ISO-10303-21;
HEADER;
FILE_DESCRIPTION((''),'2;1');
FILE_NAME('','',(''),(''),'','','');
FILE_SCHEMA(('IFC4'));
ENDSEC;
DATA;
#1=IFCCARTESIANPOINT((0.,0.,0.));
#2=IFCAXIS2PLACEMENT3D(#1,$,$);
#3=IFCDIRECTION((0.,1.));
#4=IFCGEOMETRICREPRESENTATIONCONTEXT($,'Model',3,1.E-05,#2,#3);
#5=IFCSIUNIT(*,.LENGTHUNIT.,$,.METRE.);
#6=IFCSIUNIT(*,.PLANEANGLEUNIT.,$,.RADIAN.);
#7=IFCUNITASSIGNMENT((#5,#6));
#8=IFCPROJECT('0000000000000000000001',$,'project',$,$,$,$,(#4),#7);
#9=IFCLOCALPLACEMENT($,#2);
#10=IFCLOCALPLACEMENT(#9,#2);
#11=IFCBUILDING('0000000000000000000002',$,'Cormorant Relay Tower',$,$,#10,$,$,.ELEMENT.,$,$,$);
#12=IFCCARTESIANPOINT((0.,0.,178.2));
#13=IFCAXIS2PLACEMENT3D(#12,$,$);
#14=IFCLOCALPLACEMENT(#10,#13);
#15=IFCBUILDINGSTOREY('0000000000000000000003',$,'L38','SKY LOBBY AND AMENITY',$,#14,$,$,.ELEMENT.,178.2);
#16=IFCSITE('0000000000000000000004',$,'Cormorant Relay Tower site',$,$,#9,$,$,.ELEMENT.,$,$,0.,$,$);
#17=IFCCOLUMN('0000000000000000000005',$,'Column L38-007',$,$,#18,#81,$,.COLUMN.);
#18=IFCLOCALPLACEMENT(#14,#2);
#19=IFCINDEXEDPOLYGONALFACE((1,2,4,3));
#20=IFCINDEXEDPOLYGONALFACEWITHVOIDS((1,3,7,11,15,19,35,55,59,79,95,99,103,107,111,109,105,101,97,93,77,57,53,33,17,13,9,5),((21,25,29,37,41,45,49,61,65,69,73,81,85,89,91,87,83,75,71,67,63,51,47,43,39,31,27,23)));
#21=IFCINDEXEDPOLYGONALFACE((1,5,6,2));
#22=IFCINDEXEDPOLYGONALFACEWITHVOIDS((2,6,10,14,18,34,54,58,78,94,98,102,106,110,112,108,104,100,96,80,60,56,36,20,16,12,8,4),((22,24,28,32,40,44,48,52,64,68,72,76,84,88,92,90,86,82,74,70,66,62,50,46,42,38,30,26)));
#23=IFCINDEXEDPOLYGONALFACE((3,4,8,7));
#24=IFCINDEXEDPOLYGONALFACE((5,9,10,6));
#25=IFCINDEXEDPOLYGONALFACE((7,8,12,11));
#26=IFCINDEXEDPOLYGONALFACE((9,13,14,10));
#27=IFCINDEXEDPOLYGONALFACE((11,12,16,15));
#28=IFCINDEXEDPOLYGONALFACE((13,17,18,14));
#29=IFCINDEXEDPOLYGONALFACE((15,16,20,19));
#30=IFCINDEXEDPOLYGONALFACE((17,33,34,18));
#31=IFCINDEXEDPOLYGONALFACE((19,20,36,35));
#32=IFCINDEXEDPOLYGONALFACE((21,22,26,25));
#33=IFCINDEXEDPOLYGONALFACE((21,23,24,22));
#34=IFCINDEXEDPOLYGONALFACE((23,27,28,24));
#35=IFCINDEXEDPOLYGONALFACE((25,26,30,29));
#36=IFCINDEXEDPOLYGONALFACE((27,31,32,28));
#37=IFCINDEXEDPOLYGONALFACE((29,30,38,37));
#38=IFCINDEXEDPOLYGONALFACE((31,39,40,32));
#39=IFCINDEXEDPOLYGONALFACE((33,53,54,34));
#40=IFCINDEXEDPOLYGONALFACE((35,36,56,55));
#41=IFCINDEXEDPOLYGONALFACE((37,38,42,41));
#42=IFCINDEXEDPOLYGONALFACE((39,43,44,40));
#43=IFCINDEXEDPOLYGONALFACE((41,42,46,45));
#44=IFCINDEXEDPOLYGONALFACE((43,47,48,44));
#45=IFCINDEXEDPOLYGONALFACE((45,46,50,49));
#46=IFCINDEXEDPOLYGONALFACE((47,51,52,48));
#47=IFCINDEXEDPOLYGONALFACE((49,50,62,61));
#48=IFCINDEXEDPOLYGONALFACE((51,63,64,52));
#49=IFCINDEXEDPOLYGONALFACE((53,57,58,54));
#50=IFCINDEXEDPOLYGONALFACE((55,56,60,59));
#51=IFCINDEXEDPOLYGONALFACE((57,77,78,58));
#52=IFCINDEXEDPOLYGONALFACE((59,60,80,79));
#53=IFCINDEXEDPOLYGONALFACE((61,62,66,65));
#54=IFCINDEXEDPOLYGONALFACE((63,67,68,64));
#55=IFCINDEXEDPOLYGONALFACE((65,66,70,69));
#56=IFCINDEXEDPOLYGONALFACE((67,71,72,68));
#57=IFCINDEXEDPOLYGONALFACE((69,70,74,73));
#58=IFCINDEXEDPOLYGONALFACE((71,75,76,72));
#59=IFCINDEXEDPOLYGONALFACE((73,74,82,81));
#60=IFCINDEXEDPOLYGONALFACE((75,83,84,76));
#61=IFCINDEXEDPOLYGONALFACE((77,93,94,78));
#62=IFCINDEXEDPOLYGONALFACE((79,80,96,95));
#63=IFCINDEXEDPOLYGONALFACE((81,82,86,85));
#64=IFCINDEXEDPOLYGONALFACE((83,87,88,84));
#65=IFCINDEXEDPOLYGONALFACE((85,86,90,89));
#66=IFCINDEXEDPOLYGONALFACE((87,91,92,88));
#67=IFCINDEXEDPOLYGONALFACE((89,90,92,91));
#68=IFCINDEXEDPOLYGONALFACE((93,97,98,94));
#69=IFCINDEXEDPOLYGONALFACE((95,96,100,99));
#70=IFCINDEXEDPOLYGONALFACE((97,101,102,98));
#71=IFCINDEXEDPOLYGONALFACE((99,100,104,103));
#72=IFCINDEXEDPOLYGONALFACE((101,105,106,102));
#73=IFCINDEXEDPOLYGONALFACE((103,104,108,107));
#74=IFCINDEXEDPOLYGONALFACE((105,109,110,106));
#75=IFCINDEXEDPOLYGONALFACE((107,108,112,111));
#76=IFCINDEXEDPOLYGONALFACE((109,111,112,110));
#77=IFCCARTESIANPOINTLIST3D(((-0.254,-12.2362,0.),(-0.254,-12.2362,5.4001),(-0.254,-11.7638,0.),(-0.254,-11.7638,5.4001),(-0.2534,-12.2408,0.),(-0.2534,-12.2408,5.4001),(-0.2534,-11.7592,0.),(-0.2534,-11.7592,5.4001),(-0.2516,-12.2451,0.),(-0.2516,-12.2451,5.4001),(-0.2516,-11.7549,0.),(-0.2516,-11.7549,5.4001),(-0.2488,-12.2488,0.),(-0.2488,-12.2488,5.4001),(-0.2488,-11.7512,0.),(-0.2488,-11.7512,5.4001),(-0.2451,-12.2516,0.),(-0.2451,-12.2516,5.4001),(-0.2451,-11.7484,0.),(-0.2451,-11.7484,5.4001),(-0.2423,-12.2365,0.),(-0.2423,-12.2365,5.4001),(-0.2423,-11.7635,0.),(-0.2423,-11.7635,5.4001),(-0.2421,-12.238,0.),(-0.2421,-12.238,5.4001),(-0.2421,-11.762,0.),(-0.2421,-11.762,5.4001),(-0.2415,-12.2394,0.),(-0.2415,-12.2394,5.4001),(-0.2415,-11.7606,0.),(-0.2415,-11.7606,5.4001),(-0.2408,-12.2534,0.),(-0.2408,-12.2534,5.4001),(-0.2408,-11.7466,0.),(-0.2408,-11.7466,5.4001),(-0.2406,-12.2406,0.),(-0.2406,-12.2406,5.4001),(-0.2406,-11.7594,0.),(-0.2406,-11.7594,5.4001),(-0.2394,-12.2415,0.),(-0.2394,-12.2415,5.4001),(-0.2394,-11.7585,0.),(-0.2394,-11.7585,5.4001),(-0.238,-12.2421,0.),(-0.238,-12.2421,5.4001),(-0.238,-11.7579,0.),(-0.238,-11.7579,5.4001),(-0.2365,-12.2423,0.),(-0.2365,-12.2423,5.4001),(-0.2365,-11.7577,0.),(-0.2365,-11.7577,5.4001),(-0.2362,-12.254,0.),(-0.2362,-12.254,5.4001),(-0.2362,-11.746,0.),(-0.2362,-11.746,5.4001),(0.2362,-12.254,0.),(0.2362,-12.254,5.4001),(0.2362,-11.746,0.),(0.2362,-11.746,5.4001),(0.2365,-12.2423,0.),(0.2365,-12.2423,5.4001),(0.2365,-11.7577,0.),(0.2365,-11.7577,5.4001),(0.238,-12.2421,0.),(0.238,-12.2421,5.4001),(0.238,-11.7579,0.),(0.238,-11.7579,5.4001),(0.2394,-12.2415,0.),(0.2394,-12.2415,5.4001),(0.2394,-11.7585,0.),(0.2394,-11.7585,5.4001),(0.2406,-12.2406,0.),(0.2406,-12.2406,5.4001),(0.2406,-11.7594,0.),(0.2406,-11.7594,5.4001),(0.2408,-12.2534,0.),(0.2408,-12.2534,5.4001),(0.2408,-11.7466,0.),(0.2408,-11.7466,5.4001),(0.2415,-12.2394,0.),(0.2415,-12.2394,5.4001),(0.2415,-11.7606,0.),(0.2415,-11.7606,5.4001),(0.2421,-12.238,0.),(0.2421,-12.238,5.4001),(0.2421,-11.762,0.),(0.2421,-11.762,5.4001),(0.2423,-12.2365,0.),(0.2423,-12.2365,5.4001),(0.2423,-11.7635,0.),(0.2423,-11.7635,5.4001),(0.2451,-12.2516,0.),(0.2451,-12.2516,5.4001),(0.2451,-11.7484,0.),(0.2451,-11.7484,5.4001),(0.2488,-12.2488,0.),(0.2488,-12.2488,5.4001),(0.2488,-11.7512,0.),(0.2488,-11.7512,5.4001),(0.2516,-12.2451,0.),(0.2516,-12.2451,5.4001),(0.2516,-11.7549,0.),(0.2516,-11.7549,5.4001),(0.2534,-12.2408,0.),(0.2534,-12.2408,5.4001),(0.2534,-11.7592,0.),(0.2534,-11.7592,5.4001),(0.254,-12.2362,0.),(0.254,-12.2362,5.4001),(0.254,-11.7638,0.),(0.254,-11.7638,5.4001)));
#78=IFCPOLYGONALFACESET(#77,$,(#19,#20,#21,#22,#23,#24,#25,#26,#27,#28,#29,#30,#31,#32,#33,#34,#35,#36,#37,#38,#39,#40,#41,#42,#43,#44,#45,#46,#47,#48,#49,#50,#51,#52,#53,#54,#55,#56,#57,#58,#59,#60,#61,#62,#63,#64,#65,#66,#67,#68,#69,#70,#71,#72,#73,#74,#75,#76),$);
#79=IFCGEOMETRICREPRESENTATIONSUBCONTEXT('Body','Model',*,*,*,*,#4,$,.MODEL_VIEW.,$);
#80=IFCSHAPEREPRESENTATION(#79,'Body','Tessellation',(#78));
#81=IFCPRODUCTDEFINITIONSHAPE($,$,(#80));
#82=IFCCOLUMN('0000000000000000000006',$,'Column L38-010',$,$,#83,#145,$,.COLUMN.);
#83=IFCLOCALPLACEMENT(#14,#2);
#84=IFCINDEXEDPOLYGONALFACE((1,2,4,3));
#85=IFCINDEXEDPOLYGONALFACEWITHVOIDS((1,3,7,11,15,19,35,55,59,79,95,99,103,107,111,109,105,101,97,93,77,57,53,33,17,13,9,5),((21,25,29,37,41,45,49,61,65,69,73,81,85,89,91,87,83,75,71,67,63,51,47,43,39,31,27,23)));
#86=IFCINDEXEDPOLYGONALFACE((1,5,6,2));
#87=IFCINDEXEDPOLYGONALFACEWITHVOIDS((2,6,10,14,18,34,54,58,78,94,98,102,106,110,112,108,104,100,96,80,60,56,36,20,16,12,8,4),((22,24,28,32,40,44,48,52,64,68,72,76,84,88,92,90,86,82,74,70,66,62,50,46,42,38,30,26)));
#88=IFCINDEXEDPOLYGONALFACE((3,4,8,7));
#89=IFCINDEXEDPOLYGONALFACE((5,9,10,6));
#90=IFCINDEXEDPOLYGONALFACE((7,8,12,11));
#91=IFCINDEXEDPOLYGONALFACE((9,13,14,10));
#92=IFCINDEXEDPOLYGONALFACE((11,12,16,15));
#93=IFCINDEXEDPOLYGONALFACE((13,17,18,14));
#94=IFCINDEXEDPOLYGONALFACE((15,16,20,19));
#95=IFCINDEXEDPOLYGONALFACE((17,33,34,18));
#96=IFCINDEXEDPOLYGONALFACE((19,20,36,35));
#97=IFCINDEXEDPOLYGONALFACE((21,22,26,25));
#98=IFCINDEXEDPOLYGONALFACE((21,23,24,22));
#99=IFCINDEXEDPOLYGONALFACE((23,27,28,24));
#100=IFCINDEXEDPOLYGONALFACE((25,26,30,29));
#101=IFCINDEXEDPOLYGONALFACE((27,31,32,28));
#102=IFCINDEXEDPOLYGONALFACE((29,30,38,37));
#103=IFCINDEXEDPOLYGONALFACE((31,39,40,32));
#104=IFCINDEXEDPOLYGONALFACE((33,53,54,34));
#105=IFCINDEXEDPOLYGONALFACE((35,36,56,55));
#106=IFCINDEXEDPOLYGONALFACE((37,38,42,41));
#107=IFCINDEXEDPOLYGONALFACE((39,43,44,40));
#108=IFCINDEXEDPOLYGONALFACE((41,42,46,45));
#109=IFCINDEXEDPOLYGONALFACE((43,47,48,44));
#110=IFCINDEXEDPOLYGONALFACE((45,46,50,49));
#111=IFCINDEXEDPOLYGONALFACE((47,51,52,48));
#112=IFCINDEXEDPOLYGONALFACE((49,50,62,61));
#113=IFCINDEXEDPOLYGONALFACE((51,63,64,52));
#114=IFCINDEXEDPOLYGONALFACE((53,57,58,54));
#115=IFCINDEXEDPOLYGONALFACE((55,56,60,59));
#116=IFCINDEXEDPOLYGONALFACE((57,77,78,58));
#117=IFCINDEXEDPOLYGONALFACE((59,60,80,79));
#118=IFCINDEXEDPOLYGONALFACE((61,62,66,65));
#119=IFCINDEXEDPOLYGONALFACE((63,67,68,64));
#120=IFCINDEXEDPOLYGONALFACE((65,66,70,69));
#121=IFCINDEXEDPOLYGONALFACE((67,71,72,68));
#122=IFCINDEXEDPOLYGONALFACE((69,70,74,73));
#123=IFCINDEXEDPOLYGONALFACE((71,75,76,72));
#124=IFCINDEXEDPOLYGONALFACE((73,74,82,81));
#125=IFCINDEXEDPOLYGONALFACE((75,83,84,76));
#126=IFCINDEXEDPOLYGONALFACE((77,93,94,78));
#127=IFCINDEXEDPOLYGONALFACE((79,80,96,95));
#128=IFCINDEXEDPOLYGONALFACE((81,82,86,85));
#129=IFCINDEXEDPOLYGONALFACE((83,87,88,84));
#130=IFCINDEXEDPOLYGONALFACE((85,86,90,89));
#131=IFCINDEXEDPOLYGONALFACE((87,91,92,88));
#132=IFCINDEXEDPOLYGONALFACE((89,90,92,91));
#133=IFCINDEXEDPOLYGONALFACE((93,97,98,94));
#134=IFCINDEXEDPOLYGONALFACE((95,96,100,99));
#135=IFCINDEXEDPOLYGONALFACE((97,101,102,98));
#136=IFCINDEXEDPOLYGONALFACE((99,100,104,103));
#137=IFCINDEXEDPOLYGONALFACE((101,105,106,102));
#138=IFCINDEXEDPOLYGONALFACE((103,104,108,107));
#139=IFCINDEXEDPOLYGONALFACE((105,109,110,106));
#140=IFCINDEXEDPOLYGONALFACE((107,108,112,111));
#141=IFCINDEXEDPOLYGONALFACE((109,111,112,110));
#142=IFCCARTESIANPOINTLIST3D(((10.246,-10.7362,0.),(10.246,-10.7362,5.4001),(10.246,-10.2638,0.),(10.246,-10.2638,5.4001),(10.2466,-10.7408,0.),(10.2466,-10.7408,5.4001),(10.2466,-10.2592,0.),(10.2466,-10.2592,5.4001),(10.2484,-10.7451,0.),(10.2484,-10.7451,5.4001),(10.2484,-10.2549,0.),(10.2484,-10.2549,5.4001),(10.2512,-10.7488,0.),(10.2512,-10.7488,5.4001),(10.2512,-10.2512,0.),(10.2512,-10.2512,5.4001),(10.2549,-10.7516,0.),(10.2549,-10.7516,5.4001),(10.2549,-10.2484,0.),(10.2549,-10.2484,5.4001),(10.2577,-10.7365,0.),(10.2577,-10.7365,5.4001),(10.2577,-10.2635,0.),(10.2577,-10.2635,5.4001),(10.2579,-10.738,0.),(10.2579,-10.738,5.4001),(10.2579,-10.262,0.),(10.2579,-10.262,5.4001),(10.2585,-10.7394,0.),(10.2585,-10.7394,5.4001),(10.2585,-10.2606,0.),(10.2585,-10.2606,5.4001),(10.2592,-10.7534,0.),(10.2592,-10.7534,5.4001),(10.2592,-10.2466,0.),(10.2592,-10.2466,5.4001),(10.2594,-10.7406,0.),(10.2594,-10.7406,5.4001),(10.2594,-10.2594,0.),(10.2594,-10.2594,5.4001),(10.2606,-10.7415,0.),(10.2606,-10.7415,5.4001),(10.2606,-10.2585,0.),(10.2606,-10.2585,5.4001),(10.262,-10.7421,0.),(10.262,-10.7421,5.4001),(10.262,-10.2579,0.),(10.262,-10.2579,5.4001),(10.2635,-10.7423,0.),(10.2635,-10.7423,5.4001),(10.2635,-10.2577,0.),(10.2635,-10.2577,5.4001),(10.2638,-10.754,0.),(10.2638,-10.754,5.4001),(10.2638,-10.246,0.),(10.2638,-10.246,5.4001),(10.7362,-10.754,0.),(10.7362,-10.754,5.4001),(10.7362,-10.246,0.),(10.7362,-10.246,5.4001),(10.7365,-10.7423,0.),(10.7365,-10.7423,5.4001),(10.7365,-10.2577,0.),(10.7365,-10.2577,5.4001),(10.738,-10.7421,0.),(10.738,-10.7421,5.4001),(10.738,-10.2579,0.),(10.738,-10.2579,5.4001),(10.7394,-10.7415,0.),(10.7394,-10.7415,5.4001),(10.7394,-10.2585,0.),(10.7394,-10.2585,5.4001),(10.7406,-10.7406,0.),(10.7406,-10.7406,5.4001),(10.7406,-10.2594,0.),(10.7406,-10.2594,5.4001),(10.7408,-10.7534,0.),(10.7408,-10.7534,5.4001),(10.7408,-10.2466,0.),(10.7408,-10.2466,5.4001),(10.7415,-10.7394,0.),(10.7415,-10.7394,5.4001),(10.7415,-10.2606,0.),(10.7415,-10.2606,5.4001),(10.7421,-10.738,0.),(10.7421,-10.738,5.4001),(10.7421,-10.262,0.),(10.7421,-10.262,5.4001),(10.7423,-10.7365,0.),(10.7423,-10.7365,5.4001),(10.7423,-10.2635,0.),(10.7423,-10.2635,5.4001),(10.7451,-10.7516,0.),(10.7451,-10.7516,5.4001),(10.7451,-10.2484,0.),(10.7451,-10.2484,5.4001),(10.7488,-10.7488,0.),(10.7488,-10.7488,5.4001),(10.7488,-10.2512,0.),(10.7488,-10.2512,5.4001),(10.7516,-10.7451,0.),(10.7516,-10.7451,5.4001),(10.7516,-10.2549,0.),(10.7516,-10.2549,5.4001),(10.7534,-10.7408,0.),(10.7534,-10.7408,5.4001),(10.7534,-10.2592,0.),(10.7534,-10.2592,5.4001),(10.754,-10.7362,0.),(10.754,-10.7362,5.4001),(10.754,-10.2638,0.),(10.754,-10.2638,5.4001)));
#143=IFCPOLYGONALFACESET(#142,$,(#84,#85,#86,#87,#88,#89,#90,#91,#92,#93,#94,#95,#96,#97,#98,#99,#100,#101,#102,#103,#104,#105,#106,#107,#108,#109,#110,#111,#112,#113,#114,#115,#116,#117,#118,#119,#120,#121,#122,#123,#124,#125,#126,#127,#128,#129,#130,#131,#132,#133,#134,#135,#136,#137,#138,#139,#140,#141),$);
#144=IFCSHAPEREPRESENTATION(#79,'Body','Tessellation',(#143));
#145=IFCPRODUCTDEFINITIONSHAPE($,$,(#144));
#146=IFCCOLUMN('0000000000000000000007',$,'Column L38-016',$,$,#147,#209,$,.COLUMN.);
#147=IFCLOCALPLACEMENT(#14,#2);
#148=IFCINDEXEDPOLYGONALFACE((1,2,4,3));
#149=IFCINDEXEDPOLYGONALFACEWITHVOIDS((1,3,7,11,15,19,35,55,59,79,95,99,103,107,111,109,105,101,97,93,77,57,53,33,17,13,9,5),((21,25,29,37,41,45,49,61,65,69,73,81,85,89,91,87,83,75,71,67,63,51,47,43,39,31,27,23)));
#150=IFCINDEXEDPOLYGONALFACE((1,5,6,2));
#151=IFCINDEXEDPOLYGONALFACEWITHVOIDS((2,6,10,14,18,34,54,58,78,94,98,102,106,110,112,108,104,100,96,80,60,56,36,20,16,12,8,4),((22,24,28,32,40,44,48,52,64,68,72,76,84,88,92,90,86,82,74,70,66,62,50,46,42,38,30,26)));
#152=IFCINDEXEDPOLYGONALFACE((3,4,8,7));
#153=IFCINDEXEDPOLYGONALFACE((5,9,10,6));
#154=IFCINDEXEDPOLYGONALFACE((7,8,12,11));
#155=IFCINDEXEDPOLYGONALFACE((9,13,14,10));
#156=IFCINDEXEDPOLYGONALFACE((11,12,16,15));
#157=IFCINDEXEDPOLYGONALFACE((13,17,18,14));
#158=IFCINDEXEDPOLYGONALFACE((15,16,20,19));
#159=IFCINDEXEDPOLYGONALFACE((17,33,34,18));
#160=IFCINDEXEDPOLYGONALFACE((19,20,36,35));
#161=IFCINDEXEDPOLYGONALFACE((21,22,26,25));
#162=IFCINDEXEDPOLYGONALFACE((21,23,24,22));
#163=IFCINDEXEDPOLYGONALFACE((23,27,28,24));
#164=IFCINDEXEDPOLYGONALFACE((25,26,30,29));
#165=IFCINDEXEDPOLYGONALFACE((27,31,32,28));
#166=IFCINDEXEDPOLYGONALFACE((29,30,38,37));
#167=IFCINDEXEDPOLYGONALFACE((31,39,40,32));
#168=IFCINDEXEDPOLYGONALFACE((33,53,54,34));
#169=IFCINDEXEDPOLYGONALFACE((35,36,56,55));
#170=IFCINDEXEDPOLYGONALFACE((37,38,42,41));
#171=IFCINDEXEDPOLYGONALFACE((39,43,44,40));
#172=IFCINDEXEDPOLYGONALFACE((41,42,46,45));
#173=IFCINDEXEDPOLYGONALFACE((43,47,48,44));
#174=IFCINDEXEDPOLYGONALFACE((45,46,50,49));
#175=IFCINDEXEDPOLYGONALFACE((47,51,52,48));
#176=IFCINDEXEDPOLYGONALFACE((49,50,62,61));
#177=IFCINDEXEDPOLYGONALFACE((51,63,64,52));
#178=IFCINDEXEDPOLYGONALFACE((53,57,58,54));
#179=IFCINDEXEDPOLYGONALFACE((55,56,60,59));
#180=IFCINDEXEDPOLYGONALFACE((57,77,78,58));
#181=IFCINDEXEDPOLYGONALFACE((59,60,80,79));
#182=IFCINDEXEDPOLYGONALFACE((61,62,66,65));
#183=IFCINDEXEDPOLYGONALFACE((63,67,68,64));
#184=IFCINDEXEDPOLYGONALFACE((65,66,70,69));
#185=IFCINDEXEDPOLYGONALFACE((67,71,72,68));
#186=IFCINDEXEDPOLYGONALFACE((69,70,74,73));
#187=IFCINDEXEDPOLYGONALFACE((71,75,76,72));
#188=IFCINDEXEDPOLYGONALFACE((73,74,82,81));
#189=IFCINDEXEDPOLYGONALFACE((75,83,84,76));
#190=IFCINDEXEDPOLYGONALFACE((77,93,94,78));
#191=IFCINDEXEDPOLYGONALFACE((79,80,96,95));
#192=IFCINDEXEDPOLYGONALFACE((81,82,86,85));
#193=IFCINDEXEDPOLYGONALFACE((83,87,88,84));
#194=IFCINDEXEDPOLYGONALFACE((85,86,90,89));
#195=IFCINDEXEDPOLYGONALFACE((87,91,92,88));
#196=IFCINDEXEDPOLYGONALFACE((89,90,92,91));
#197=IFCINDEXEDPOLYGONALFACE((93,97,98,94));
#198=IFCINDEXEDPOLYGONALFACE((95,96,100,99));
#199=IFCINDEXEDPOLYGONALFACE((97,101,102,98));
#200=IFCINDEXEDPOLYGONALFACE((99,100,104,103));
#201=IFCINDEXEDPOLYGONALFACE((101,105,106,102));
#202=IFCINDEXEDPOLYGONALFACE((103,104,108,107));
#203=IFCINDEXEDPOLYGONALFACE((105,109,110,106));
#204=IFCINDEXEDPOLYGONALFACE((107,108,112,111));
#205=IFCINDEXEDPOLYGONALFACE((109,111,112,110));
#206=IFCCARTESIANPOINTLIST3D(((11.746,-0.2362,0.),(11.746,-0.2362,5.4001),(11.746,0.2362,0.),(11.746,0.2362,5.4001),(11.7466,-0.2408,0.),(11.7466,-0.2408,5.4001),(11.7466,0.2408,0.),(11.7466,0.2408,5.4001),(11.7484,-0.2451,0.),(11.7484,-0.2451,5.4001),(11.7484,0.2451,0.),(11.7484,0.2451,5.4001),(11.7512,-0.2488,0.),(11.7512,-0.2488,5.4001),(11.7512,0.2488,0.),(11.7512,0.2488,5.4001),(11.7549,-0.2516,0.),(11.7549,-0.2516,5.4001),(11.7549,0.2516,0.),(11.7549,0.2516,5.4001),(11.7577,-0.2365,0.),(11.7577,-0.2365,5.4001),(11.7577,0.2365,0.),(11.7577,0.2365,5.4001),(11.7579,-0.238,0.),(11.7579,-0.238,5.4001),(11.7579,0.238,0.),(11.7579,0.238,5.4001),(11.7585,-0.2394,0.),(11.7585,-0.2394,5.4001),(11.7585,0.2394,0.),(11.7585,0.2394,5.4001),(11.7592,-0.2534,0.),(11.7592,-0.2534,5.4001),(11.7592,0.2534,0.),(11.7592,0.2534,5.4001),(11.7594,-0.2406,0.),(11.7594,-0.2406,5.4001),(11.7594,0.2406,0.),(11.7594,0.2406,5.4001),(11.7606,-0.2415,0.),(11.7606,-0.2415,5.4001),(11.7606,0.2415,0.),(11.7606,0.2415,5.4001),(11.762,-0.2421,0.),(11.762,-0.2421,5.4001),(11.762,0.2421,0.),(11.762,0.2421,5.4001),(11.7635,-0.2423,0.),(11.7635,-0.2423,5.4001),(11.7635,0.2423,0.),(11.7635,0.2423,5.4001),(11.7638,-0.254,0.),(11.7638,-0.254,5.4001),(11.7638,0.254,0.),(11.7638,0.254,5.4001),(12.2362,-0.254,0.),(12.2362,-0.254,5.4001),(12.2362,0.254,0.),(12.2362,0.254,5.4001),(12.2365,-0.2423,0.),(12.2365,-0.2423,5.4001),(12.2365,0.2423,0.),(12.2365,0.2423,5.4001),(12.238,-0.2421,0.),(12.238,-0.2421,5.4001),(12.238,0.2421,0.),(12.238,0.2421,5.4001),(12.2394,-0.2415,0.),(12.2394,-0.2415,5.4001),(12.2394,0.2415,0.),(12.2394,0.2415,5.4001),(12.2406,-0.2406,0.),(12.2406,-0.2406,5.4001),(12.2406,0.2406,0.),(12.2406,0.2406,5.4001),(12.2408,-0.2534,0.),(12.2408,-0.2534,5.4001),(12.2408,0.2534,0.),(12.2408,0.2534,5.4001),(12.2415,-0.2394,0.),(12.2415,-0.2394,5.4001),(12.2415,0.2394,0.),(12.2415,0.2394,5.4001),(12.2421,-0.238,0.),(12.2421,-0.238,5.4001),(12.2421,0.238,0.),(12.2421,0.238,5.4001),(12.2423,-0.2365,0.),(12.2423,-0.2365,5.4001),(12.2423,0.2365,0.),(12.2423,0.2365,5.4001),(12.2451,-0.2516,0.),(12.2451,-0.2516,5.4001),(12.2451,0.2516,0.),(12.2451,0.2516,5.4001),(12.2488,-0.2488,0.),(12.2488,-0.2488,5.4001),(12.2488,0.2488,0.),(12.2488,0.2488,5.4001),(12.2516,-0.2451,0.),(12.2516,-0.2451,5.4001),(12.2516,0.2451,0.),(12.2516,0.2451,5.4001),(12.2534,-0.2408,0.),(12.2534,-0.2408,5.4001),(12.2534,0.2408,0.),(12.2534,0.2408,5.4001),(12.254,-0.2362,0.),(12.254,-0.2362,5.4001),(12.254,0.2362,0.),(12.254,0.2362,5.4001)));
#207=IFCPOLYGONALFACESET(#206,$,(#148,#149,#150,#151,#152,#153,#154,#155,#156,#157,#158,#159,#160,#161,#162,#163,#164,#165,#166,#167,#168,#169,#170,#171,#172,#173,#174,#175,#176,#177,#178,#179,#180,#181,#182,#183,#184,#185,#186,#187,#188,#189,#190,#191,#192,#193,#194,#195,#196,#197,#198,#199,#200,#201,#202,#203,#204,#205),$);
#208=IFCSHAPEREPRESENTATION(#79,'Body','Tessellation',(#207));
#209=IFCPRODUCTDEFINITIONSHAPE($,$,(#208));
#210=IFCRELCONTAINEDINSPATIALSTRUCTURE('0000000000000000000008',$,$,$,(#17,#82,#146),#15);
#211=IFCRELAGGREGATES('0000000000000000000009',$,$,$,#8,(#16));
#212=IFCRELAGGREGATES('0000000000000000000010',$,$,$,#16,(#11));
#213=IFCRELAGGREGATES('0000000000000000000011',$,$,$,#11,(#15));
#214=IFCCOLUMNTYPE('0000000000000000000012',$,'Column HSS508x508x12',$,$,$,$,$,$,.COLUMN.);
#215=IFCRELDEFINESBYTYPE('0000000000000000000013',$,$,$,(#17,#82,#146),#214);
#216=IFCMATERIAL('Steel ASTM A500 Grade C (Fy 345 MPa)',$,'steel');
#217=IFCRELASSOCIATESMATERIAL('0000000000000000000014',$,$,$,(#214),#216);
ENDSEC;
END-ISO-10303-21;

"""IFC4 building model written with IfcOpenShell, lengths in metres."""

from ifc_helpers import new_model, si_unit, direction, frame, origin, origin_2d, place, context, subcontext, project, spatial, hollow_rectangle, extrude, material, material_profile, profile_set, type_object, element, save


model = new_model("IFC4")

# Units and contexts
model_context = context("Model", 3, precision=1e-05, world=origin(), true_north=direction((0.0, 1.0)))
body_context = subcontext(model_context, "Body", "Model", "MODEL_VIEW")
ifc_project = project(units=[si_unit("LENGTHUNIT", "METRE"), si_unit("PLANEANGLEUNIT", "RADIAN")], contexts=[model_context])

# Site, building, storey
site_placement = place(None, origin())
site = spatial("IfcSite", under=ifc_project, at=site_placement, Name="Cormorant Relay Tower site", CompositionType="ELEMENT", RefElevation=0.0)
building_placement = place(site_placement, origin())
building = spatial("IfcBuilding", under=site, at=building_placement, Name="Cormorant Relay Tower", CompositionType="ELEMENT")
storey_placement = place(building_placement, frame((0.0, 0.0, 178.2)))
storey = spatial("IfcBuildingStorey", under=building, at=storey_placement, Name="L38", Description="SKY LOBBY AND AMENITY", CompositionType="ELEMENT", Elevation=178.2)

# Columns
ifc_material_1 = material(Name="Steel ASTM A500 Grade C (Fy 345 MPa)", Category="steel")
ifc_material_profile_1 = material_profile(ifc_material_1, hollow_rectangle(XDim=0.5081, YDim=0.5081, WallThickness=0.0117, InnerFilletRadius=0.0059, OuterFilletRadius=0.0178, at=origin_2d()), Name="HSS508x508x12")
ifc_profile_set_1 = profile_set([ifc_material_profile_1], Name="Steel ASTM A500 Grade C (Fy 345 MPa)")
column_type_1 = type_object("IfcColumnType", Name="Column HSS508x508x12", PredefinedType="COLUMN", material=ifc_profile_set_1)
for number, where, z_axis, x_axis, name in (
    (1, (0.0, -12.0, 0.0), (0.0, 0.0, 1.0), (1.0, 0.0, 0.0), "Column L38-007"),
    (2, (10.5, -10.5, 0.0), (0.0, 0.0, 1.0), (1.0, 0.0, 0.0), "Column L38-010"),
    (3, (12.0, 0.0, 0.0), (0.0, 0.0, 1.0), (1.0, 0.0, 0.0), "Column L38-016"),
):
    element("IfcColumn", number, at=place(storey_placement, frame(where, z_axis=z_axis, x_axis=x_axis)), inside=storey, type_object=column_type_1, Name=name, PredefinedType="COLUMN", context=body_context, shape_type="SweptSolid", body=[
        extrude(hollow_rectangle(XDim=0.5081, YDim=0.5081, WallThickness=0.0117, InnerFilletRadius=0.0059, OuterFilletRadius=0.0178, at=origin_2d()), origin(), (0.0, 0.0, 1.0), 5.4001),
    ])

save(model, "model.ifc")
